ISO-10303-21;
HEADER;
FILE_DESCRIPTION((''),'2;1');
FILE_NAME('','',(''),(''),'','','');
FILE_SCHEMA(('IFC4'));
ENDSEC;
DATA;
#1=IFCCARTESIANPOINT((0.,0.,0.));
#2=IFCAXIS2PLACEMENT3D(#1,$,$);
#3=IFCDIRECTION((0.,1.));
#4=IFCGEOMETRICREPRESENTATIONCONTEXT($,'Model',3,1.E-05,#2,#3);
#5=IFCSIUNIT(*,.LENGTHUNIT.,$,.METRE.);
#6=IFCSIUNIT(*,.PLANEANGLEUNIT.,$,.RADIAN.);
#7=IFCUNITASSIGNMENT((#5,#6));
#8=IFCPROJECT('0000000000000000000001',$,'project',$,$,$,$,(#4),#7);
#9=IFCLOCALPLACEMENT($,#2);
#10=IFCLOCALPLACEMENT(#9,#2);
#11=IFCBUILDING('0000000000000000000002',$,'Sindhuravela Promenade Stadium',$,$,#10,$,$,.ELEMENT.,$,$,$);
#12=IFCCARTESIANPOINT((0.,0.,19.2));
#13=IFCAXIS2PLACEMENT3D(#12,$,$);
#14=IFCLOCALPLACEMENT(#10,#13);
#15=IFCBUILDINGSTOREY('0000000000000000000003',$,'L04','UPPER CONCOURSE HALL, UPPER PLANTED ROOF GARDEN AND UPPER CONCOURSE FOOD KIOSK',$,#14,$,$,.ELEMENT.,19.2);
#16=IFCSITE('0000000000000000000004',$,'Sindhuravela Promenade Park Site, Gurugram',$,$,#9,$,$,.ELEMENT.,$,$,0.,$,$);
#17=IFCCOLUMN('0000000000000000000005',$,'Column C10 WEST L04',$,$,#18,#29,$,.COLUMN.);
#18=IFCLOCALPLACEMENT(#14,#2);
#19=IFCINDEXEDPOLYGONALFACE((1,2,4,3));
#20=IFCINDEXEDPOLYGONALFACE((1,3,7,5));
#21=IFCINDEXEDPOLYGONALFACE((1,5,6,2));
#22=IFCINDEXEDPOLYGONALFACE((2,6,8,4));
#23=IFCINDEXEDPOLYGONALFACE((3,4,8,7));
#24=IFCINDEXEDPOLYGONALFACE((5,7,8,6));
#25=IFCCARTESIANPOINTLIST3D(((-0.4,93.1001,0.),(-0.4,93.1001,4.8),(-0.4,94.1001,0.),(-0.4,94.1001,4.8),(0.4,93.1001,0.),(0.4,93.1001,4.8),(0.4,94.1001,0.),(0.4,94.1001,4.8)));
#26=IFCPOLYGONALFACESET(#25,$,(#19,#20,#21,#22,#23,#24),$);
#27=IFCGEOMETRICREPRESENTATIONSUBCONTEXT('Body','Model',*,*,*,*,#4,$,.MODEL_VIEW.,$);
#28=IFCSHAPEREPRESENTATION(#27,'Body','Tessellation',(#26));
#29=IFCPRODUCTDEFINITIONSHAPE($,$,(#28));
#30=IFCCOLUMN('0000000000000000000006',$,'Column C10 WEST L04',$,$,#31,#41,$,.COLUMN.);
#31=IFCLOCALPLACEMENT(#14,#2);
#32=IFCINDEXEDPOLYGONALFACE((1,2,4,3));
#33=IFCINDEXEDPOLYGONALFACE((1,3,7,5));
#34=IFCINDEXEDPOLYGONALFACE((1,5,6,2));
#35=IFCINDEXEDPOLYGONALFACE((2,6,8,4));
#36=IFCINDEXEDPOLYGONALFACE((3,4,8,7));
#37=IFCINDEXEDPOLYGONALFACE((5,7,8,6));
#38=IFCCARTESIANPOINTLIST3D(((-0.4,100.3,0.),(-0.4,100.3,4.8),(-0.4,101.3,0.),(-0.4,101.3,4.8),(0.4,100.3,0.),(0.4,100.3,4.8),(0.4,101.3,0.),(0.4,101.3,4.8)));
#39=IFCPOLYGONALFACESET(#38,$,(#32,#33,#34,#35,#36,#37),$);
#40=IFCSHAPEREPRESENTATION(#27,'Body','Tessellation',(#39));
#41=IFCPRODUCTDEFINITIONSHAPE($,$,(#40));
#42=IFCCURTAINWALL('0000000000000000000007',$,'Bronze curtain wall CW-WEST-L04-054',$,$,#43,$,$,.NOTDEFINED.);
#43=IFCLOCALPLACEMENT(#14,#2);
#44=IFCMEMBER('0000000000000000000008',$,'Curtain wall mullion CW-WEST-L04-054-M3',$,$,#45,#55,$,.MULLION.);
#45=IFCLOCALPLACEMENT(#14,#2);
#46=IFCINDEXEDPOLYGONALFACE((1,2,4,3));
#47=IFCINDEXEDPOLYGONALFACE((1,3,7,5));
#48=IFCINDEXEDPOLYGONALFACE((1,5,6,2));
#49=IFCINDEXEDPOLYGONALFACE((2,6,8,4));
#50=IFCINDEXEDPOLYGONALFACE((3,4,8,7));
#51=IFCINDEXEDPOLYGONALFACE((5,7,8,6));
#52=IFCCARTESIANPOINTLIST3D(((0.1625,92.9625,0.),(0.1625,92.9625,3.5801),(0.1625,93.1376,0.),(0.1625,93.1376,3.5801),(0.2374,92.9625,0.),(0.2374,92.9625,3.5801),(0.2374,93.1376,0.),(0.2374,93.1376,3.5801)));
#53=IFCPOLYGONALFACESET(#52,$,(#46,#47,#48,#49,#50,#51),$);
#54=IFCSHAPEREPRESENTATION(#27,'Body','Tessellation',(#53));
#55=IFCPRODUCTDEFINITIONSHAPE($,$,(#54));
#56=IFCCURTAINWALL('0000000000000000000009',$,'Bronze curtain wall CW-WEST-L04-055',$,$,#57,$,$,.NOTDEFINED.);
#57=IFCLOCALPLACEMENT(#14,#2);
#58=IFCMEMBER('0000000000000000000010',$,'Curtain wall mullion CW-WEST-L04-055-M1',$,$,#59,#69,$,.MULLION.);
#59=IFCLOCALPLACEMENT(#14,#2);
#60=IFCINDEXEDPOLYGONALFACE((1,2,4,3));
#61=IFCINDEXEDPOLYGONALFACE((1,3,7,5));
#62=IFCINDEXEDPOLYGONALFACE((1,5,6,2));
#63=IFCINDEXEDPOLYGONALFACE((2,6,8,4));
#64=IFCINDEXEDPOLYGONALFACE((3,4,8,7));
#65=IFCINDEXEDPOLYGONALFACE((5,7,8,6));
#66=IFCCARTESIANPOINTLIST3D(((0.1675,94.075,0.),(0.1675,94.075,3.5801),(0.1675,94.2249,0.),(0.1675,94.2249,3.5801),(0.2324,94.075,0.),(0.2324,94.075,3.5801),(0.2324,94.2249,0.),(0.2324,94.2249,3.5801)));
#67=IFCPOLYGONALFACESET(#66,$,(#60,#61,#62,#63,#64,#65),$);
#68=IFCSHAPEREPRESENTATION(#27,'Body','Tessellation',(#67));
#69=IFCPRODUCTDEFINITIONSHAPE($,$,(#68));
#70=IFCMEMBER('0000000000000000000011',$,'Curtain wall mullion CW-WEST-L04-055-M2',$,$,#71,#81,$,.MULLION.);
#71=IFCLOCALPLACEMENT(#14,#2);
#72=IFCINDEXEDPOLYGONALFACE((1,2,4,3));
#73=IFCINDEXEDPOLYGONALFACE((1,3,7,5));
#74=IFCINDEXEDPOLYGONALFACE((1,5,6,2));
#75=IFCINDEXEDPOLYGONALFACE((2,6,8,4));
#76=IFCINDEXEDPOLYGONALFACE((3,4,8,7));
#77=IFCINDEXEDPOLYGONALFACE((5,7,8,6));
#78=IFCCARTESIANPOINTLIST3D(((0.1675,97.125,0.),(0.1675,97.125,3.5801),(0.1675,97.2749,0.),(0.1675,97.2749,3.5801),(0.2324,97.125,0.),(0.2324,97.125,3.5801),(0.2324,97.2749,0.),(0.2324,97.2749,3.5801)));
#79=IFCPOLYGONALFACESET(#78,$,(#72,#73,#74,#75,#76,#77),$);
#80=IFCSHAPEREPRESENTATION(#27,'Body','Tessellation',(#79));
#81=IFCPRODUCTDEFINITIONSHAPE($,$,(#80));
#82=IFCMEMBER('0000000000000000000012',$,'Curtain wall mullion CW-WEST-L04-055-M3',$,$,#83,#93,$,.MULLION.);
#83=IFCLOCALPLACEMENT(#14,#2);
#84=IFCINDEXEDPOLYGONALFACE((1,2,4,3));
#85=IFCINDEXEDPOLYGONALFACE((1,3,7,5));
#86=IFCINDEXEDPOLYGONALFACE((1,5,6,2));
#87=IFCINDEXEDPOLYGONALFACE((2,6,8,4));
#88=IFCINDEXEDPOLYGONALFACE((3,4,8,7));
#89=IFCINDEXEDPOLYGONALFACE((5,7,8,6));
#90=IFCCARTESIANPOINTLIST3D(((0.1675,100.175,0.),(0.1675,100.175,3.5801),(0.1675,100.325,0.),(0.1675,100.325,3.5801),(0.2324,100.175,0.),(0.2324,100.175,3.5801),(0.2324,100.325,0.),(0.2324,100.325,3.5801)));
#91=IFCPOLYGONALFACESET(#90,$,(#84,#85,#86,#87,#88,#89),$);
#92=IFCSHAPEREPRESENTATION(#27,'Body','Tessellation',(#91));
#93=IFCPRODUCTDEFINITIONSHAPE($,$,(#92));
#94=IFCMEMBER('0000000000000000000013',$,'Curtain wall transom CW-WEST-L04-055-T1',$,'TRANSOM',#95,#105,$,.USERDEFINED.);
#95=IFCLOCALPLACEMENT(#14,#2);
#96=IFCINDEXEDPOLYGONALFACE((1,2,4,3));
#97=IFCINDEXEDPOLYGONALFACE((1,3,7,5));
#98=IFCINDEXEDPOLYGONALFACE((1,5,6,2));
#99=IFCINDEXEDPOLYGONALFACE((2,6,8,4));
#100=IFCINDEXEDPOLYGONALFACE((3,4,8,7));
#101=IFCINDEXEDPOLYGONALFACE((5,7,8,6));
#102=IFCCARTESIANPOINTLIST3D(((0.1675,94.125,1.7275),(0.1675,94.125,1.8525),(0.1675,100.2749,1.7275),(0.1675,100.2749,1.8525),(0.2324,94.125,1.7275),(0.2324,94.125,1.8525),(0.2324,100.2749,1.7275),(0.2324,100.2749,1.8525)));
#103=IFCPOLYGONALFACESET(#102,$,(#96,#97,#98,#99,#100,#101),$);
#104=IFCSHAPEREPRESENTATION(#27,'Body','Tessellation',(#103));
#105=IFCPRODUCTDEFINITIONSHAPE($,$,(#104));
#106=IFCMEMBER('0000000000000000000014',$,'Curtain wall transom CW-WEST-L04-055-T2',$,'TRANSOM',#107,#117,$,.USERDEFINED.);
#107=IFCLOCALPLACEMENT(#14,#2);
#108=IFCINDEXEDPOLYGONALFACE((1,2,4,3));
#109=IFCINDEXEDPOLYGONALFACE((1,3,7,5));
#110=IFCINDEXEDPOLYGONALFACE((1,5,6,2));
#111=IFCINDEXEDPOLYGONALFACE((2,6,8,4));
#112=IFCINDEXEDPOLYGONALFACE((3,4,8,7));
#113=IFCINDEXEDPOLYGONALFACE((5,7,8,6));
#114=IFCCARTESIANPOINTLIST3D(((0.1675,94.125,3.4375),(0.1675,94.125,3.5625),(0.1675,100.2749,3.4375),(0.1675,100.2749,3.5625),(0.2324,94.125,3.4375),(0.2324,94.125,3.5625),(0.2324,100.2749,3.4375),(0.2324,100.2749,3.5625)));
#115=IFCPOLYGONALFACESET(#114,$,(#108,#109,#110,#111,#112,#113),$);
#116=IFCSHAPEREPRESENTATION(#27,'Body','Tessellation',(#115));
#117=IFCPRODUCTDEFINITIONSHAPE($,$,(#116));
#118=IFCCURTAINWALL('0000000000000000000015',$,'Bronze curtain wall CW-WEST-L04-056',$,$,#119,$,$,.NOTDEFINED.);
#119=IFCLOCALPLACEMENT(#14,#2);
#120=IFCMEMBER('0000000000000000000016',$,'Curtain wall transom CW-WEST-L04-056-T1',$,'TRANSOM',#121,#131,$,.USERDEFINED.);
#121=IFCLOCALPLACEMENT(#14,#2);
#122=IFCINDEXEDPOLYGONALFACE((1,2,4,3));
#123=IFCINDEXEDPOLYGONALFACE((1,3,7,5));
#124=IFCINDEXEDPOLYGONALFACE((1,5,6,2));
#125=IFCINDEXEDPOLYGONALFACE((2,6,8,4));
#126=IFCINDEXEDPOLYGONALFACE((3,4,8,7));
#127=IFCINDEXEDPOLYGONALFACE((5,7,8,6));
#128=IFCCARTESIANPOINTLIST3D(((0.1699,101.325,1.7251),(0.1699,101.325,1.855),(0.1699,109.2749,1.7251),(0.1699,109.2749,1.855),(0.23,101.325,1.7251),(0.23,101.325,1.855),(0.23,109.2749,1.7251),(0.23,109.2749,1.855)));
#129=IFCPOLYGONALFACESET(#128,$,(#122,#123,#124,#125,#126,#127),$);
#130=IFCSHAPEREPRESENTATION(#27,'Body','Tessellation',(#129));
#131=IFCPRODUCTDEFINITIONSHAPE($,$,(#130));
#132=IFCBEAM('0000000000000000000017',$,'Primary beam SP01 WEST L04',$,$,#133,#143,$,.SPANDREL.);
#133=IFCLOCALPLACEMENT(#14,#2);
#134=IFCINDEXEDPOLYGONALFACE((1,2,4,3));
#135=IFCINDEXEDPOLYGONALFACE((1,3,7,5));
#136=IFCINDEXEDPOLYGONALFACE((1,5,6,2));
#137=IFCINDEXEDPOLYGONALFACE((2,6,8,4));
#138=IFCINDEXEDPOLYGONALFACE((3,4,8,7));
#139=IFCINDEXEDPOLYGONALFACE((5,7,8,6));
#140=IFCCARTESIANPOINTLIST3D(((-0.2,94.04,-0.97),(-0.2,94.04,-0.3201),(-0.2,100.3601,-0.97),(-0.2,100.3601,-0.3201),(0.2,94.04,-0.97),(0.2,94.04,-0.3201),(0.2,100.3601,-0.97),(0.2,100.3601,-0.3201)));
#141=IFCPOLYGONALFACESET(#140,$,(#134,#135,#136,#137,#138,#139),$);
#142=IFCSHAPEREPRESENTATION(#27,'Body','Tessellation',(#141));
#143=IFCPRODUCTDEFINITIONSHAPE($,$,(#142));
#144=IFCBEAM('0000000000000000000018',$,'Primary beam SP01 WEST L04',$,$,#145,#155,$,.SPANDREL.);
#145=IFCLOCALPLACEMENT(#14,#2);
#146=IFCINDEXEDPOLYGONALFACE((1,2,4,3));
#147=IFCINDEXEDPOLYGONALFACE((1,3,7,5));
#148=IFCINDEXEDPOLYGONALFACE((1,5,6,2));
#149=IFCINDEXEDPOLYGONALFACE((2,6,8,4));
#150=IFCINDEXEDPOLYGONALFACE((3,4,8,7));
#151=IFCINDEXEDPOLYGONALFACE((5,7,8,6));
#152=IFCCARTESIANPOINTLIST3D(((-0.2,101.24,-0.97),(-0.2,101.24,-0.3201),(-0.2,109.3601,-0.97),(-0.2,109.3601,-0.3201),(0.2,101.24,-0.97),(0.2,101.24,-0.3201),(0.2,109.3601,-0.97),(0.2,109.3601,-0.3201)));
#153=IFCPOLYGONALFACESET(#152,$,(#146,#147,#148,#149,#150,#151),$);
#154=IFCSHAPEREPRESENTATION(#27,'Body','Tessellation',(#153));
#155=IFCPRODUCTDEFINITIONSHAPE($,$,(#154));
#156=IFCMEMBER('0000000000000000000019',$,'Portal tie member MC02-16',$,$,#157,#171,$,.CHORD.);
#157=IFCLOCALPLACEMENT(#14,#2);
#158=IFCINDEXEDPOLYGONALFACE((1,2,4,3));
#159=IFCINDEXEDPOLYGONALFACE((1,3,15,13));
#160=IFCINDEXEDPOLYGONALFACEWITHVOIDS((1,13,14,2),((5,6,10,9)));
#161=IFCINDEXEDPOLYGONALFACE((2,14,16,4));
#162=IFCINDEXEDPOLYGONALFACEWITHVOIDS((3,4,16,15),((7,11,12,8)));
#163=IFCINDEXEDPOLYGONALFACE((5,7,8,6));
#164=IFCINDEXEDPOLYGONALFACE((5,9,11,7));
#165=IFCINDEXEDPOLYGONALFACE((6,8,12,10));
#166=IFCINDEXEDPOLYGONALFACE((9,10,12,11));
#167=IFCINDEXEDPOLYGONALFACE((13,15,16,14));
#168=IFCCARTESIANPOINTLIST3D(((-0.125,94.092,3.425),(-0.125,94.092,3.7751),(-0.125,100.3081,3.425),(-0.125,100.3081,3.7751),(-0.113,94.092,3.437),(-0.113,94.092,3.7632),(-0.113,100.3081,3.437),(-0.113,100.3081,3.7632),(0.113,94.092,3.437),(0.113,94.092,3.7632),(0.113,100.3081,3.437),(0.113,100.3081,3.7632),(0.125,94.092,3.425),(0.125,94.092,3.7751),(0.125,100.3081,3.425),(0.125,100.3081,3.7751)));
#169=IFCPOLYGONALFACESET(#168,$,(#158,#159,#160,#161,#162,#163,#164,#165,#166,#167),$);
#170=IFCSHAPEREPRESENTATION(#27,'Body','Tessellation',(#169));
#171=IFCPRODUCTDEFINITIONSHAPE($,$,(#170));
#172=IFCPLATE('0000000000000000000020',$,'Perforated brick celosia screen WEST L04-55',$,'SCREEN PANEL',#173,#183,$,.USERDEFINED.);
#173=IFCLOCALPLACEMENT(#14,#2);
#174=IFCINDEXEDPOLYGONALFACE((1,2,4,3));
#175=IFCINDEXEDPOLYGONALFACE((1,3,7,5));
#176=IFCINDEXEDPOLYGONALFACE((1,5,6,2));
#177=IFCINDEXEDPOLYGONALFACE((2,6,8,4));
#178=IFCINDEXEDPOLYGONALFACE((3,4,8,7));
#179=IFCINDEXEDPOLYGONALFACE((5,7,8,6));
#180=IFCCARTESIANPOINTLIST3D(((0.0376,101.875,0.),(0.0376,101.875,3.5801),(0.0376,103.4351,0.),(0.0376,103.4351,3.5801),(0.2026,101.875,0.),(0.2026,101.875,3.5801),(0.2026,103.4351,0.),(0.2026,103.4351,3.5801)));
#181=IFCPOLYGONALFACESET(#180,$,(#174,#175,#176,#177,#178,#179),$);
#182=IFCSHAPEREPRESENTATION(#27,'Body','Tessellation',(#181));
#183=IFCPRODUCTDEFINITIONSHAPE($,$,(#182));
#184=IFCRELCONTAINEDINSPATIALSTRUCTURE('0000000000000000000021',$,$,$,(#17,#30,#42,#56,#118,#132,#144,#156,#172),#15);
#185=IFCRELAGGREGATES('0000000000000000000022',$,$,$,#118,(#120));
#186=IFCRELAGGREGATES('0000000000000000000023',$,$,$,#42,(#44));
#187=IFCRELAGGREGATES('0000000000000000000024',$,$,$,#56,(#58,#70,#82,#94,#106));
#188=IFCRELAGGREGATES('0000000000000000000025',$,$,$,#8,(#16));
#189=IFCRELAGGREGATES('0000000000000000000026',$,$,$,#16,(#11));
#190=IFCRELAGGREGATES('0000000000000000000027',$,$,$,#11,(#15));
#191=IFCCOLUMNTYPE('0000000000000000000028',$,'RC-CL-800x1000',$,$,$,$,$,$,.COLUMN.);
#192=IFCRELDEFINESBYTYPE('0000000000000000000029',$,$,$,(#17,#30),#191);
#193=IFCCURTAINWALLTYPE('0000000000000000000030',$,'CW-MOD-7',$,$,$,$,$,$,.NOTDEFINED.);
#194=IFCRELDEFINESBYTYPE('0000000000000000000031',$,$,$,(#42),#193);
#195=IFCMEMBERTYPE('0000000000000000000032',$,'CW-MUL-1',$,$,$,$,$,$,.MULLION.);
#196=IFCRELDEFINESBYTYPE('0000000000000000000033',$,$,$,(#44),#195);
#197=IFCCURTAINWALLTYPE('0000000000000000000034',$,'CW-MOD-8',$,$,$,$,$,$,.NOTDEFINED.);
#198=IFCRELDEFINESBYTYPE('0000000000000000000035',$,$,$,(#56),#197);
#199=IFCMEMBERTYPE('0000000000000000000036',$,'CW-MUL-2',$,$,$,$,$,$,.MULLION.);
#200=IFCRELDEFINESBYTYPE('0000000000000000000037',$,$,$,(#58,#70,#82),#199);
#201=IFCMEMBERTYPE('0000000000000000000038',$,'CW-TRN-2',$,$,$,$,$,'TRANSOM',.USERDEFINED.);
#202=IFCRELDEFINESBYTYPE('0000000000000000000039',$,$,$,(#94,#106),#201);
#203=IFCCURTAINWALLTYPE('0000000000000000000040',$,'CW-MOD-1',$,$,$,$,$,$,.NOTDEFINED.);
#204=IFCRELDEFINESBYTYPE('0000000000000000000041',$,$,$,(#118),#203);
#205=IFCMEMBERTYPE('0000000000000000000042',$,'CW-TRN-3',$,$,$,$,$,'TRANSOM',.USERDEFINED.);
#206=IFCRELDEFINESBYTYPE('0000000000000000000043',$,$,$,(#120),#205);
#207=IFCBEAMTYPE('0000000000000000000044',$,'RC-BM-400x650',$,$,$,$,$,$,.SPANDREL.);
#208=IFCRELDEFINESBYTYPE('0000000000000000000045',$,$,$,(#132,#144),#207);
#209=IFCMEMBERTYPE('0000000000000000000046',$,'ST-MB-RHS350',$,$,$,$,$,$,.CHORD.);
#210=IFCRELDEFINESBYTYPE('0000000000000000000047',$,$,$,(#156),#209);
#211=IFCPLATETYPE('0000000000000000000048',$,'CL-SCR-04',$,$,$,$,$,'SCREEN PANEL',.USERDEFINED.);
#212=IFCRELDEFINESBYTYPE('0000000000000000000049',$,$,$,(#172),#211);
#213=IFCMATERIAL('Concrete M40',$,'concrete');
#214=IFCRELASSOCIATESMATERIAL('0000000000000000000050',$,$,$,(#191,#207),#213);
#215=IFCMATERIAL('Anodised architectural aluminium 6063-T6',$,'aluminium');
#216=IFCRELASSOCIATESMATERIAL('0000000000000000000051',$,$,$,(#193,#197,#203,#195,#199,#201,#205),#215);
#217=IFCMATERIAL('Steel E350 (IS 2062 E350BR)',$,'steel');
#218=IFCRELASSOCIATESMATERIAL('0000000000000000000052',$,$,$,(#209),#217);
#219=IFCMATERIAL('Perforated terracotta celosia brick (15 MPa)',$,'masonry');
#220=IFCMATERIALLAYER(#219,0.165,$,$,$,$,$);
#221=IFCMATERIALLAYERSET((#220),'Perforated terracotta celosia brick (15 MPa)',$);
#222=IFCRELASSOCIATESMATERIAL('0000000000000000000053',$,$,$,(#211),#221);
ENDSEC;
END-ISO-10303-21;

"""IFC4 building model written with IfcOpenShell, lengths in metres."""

from ifc_helpers import new_model, si_unit, direction, frame, origin, origin_2d, place, context, subcontext, project, spatial, rectangle, hollow_rectangle, extrude, material, layer, layer_set, material_profile, profile_set, type_object, element, aggregate, save


model = new_model("IFC4")

# Units and contexts
model_context = context("Model", 3, precision=1e-05, world=origin(), true_north=direction((0.0, 1.0)))
body_context = subcontext(model_context, "Body", "Model", "MODEL_VIEW")
ifc_project = project(units=[si_unit("LENGTHUNIT", "METRE"), si_unit("PLANEANGLEUNIT", "RADIAN")], contexts=[model_context])

# Site, building, storey
site_placement = place(None, origin())
site = spatial("IfcSite", under=ifc_project, at=site_placement, Name="Sindhuravela Promenade Park Site, Gurugram", CompositionType="ELEMENT", RefElevation=0.0)
building_placement = place(site_placement, origin())
building = spatial("IfcBuilding", under=site, at=building_placement, Name="Sindhuravela Promenade Stadium", CompositionType="ELEMENT")
storey_placement = place(building_placement, frame((0.0, 0.0, 19.2)))
storey = spatial("IfcBuildingStorey", under=building, at=storey_placement, Name="L04", Description="UPPER CONCOURSE HALL, UPPER PLANTED ROOF GARDEN AND UPPER CONCOURSE FOOD KIOSK", CompositionType="ELEMENT", Elevation=19.2)

# Columns
ifc_material_1 = material(Name="Concrete M40", Category="concrete")
ifc_material_profile_1 = material_profile(ifc_material_1, rectangle(XDim=0.8, YDim=1.0, at=origin_2d()), Name="RC 800x1000")
ifc_profile_set_1 = profile_set([ifc_material_profile_1], Name="Concrete M40")
column_type = type_object("IfcColumnType", Name="RC-CL-800x1000", PredefinedType="COLUMN", material=ifc_profile_set_1)
for number, where, z_axis, x_axis, name in (
    (1, (0.0, 93.6001, 0.0), (0.0, 0.0, 1.0), (1.0, 0.0, 0.0), "Column C10 WEST L04"),
    (2, (0.0, 100.8, 0.0), (0.0, 0.0, 1.0), (1.0, 0.0, 0.0), "Column C10 WEST L04"),
):
    element("IfcColumn", number, at=place(storey_placement, frame(where, z_axis=z_axis, x_axis=x_axis)), inside=storey, type_object=column_type, Name=name, PredefinedType="COLUMN", context=body_context, shape_type="SweptSolid", body=[
        extrude(rectangle(XDim=0.8, YDim=1.0, at=origin_2d()), origin(), (0.0, 0.0, 1.0), 4.8),
    ])

# Curtain wall, member
ifc_material_2 = material(Name="Anodised architectural aluminium 6063-T6", Category="aluminium")
curtain_wall_type_1 = type_object("IfcCurtainWallType", Name="CW-MOD-7", PredefinedType="NOTDEFINED", material=ifc_material_2)
curtain_wall_1_placement = place(storey_placement, origin())
curtain_wall_1 = element("IfcCurtainWall", 3, at=curtain_wall_1_placement, inside=storey, type_object=curtain_wall_type_1, Name="Bronze curtain wall CW-WEST-L04-054", PredefinedType="NOTDEFINED")
ifc_material_profile_2 = material_profile(ifc_material_2, rectangle(XDim=0.075, YDim=0.175, at=origin_2d()), Name="ALU MULL 75x175")
ifc_profile_set_2 = profile_set([ifc_material_profile_2], Name="Anodised architectural aluminium 6063-T6")
member_type_1 = type_object("IfcMemberType", Name="CW-MUL-1", PredefinedType="MULLION", material=ifc_profile_set_2)
member_1_placement = place(storey_placement, frame((0.2, 93.05, 0.0), z_axis=(0.0, 0.0, 1.0), x_axis=(1.0, 0.0, 0.0)))
member_1 = element("IfcMember", 4, at=member_1_placement, type_object=member_type_1, Name="Curtain wall mullion CW-WEST-L04-054-M3", PredefinedType="MULLION", context=body_context, shape_type="SweptSolid", body=[
    extrude(rectangle(XDim=0.075, YDim=0.175, at=origin_2d()), origin(), (0.0, 0.0, 1.0), 3.5801),
])

# Curtain wall, members
curtain_wall_type_2 = type_object("IfcCurtainWallType", Name="CW-MOD-8", PredefinedType="NOTDEFINED", material=ifc_material_2)
curtain_wall_2_placement = place(storey_placement, origin())
curtain_wall_2 = element("IfcCurtainWall", 5, at=curtain_wall_2_placement, inside=storey, type_object=curtain_wall_type_2, Name="Bronze curtain wall CW-WEST-L04-055", PredefinedType="NOTDEFINED")
ifc_material_profile_3 = material_profile(ifc_material_2, rectangle(XDim=0.0649, YDim=0.1499, at=origin_2d()), Name="ALU MULL 65x150")
ifc_profile_set_3 = profile_set([ifc_material_profile_3], Name="Anodised architectural aluminium 6063-T6")
member_type_2 = type_object("IfcMemberType", Name="CW-MUL-2", PredefinedType="MULLION", material=ifc_profile_set_3)
member_2_placement = place(storey_placement, frame((0.2, 94.1499, 0.0), z_axis=(0.0, 0.0, 1.0), x_axis=(1.0, 0.0, 0.0)))
member_2 = element("IfcMember", 6, at=member_2_placement, type_object=member_type_2, Name="Curtain wall mullion CW-WEST-L04-055-M1", PredefinedType="MULLION", context=body_context, shape_type="SweptSolid", body=[
    extrude(rectangle(XDim=0.0649, YDim=0.1499, at=origin_2d()), origin(), (0.0, 0.0, 1.0), 3.5801),
])
member_3_placement = place(storey_placement, frame((0.2, 97.2, 0.0), z_axis=(0.0, 0.0, 1.0), x_axis=(1.0, 0.0, 0.0)))
member_3 = element("IfcMember", 7, at=member_3_placement, type_object=member_type_2, Name="Curtain wall mullion CW-WEST-L04-055-M2", PredefinedType="MULLION", context=body_context, shape_type="SweptSolid", body=[
    extrude(rectangle(XDim=0.0649, YDim=0.1499, at=origin_2d()), origin(), (0.0, 0.0, 1.0), 3.5801),
])
member_4_placement = place(storey_placement, frame((0.2, 100.25, 0.0), z_axis=(0.0, 0.0, 1.0), x_axis=(1.0, 0.0, 0.0)))
member_4 = element("IfcMember", 8, at=member_4_placement, type_object=member_type_2, Name="Curtain wall mullion CW-WEST-L04-055-M3", PredefinedType="MULLION", context=body_context, shape_type="SweptSolid", body=[
    extrude(rectangle(XDim=0.0649, YDim=0.1499, at=origin_2d()), origin(), (0.0, 0.0, 1.0), 3.5801),
])
ifc_material_profile_4 = material_profile(ifc_material_2, rectangle(XDim=0.0649, YDim=0.125, at=origin_2d()), Name="ALU TRAN 65x125")
ifc_profile_set_4 = profile_set([ifc_material_profile_4], Name="Anodised architectural aluminium 6063-T6")
member_type_3 = type_object("IfcMemberType", Name="CW-TRN-2", ElementType="TRANSOM", PredefinedType="USERDEFINED", material=ifc_profile_set_4)
member_5_placement = place(storey_placement, frame((0.2, 94.125, 1.79), z_axis=(0.0, 1.0, 0.0), x_axis=(-1.0, 0.0, 0.0)))
member_5 = element("IfcMember", 9, at=member_5_placement, type_object=member_type_3, Name="Curtain wall transom CW-WEST-L04-055-T1", ObjectType="TRANSOM", PredefinedType="USERDEFINED", context=body_context, shape_type="SweptSolid", body=[
    extrude(rectangle(XDim=0.0649, YDim=0.125, at=origin_2d()), origin(), (0.0, 0.0, 1.0), 6.1499),
])
member_6_placement = place(storey_placement, frame((0.2, 94.125, 3.5), z_axis=(0.0, 1.0, 0.0), x_axis=(-1.0, 0.0, 0.0)))
member_6 = element("IfcMember", 10, at=member_6_placement, type_object=member_type_3, Name="Curtain wall transom CW-WEST-L04-055-T2", ObjectType="TRANSOM", PredefinedType="USERDEFINED", context=body_context, shape_type="SweptSolid", body=[
    extrude(rectangle(XDim=0.0649, YDim=0.125, at=origin_2d()), origin(), (0.0, 0.0, 1.0), 6.1499),
])

# Curtain wall, member
curtain_wall_type_3 = type_object("IfcCurtainWallType", Name="CW-MOD-1", PredefinedType="NOTDEFINED", material=ifc_material_2)
curtain_wall_3_placement = place(storey_placement, origin())
curtain_wall_3 = element("IfcCurtainWall", 11, at=curtain_wall_3_placement, inside=storey, type_object=curtain_wall_type_3, Name="Bronze curtain wall CW-WEST-L04-056", PredefinedType="NOTDEFINED")
ifc_material_profile_5 = material_profile(ifc_material_2, rectangle(XDim=0.0601, YDim=0.1299, at=origin_2d()), Name="ALU T60x130")
ifc_profile_set_5 = profile_set([ifc_material_profile_5], Name="Anodised architectural aluminium 6063-T6")
member_type_4 = type_object("IfcMemberType", Name="CW-TRN-3", ElementType="TRANSOM", PredefinedType="USERDEFINED", material=ifc_profile_set_5)
member_7_placement = place(storey_placement, frame((0.2, 101.325, 1.79), z_axis=(0.0, 1.0, 0.0), x_axis=(-1.0, 0.0, 0.0)))
member_7 = element("IfcMember", 12, at=member_7_placement, type_object=member_type_4, Name="Curtain wall transom CW-WEST-L04-056-T1", ObjectType="TRANSOM", PredefinedType="USERDEFINED", context=body_context, shape_type="SweptSolid", body=[
    extrude(rectangle(XDim=0.0601, YDim=0.1299, at=origin_2d()), origin(), (0.0, 0.0, 1.0), 7.95),
])
aggregate(curtain_wall_3, [member_7])

# Beams
ifc_material_profile_6 = material_profile(ifc_material_1, rectangle(XDim=0.3999, YDim=0.6499, at=origin_2d()), Name="RC 400x650")
ifc_profile_set_6 = profile_set([ifc_material_profile_6], Name="Concrete M40")
beam_type = type_object("IfcBeamType", Name="RC-BM-400x650", PredefinedType="SPANDREL", material=ifc_profile_set_6)
beam_1_placement = place(storey_placement, frame((0.0, 94.04, -0.645), z_axis=(0.0, 1.0, 0.0), x_axis=(-1.0, 0.0, 0.0)))
element("IfcBeam", 13, at=beam_1_placement, inside=storey, type_object=beam_type, Name="Primary beam SP01 WEST L04", PredefinedType="SPANDREL", context=body_context, shape_type="SweptSolid", body=[
    extrude(rectangle(XDim=0.3999, YDim=0.6499, at=origin_2d()), origin(), (0.0, 0.0, 1.0), 6.3201),
])
beam_2_placement = place(storey_placement, frame((0.0, 101.24, -0.645), z_axis=(0.0, 1.0, 0.0), x_axis=(-1.0, 0.0, 0.0)))
element("IfcBeam", 14, at=beam_2_placement, inside=storey, type_object=beam_type, Name="Primary beam SP01 WEST L04", PredefinedType="SPANDREL", context=body_context, shape_type="SweptSolid", body=[
    extrude(rectangle(XDim=0.3999, YDim=0.6499, at=origin_2d()), origin(), (0.0, 0.0, 1.0), 8.1201),
])

# Member
ifc_material_3 = material(Name="Steel E350 (IS 2062 E350BR)", Category="steel")
ifc_material_profile_7 = material_profile(ifc_material_3, hollow_rectangle(XDim=0.25, YDim=0.3501, WallThickness=0.012, at=origin_2d()), Name="RHS 350x250x12")
ifc_profile_set_7 = profile_set([ifc_material_profile_7], Name="Steel E350 (IS 2062 E350BR)")
member_type_5 = type_object("IfcMemberType", Name="ST-MB-RHS350", PredefinedType="CHORD", material=ifc_profile_set_7)
member_8_placement = place(storey_placement, frame((0.0, 94.092, 3.6001), z_axis=(0.0, 1.0, 0.0), x_axis=(-1.0, 0.0, 0.0)))
element("IfcMember", 15, at=member_8_placement, inside=storey, type_object=member_type_5, Name="Portal tie member MC02-16", PredefinedType="CHORD", context=body_context, shape_type="SweptSolid", body=[
    extrude(hollow_rectangle(XDim=0.25, YDim=0.3501, WallThickness=0.012, at=origin_2d()), origin(), (0.0, 0.0, 1.0), 6.2161),
])

# Plate
ifc_material_4 = material(Name="Perforated terracotta celosia brick (15 MPa)", Category="masonry")
ifc_layer_1 = layer(ifc_material_4, 0.165)
ifc_layer_set_1 = layer_set([ifc_layer_1], Name="Perforated terracotta celosia brick (15 MPa)")
plate_type_1 = type_object("IfcPlateType", Name="CL-SCR-04", ElementType="SCREEN PANEL", PredefinedType="USERDEFINED", material=ifc_layer_set_1)
plate_1_placement = place(storey_placement, frame((0.1201, 102.655, 0.0), z_axis=(0.0, 0.0, 1.0), x_axis=(0.0, 1.0, 0.0)))
element("IfcPlate", 16, at=plate_1_placement, inside=storey, type_object=plate_type_1, Name="Perforated brick celosia screen WEST L04-55", ObjectType="SCREEN PANEL", PredefinedType="USERDEFINED", context=body_context, shape_type="SweptSolid", body=[
    extrude(rectangle(XDim=1.5601, YDim=0.165, at=origin_2d()), origin(), (0.0, 0.0, 1.0), 3.5801),
])
aggregate(curtain_wall_1, [member_1])
aggregate(curtain_wall_2, [member_2, member_3, member_4, member_5, member_6])

save(model, "model.ifc")
